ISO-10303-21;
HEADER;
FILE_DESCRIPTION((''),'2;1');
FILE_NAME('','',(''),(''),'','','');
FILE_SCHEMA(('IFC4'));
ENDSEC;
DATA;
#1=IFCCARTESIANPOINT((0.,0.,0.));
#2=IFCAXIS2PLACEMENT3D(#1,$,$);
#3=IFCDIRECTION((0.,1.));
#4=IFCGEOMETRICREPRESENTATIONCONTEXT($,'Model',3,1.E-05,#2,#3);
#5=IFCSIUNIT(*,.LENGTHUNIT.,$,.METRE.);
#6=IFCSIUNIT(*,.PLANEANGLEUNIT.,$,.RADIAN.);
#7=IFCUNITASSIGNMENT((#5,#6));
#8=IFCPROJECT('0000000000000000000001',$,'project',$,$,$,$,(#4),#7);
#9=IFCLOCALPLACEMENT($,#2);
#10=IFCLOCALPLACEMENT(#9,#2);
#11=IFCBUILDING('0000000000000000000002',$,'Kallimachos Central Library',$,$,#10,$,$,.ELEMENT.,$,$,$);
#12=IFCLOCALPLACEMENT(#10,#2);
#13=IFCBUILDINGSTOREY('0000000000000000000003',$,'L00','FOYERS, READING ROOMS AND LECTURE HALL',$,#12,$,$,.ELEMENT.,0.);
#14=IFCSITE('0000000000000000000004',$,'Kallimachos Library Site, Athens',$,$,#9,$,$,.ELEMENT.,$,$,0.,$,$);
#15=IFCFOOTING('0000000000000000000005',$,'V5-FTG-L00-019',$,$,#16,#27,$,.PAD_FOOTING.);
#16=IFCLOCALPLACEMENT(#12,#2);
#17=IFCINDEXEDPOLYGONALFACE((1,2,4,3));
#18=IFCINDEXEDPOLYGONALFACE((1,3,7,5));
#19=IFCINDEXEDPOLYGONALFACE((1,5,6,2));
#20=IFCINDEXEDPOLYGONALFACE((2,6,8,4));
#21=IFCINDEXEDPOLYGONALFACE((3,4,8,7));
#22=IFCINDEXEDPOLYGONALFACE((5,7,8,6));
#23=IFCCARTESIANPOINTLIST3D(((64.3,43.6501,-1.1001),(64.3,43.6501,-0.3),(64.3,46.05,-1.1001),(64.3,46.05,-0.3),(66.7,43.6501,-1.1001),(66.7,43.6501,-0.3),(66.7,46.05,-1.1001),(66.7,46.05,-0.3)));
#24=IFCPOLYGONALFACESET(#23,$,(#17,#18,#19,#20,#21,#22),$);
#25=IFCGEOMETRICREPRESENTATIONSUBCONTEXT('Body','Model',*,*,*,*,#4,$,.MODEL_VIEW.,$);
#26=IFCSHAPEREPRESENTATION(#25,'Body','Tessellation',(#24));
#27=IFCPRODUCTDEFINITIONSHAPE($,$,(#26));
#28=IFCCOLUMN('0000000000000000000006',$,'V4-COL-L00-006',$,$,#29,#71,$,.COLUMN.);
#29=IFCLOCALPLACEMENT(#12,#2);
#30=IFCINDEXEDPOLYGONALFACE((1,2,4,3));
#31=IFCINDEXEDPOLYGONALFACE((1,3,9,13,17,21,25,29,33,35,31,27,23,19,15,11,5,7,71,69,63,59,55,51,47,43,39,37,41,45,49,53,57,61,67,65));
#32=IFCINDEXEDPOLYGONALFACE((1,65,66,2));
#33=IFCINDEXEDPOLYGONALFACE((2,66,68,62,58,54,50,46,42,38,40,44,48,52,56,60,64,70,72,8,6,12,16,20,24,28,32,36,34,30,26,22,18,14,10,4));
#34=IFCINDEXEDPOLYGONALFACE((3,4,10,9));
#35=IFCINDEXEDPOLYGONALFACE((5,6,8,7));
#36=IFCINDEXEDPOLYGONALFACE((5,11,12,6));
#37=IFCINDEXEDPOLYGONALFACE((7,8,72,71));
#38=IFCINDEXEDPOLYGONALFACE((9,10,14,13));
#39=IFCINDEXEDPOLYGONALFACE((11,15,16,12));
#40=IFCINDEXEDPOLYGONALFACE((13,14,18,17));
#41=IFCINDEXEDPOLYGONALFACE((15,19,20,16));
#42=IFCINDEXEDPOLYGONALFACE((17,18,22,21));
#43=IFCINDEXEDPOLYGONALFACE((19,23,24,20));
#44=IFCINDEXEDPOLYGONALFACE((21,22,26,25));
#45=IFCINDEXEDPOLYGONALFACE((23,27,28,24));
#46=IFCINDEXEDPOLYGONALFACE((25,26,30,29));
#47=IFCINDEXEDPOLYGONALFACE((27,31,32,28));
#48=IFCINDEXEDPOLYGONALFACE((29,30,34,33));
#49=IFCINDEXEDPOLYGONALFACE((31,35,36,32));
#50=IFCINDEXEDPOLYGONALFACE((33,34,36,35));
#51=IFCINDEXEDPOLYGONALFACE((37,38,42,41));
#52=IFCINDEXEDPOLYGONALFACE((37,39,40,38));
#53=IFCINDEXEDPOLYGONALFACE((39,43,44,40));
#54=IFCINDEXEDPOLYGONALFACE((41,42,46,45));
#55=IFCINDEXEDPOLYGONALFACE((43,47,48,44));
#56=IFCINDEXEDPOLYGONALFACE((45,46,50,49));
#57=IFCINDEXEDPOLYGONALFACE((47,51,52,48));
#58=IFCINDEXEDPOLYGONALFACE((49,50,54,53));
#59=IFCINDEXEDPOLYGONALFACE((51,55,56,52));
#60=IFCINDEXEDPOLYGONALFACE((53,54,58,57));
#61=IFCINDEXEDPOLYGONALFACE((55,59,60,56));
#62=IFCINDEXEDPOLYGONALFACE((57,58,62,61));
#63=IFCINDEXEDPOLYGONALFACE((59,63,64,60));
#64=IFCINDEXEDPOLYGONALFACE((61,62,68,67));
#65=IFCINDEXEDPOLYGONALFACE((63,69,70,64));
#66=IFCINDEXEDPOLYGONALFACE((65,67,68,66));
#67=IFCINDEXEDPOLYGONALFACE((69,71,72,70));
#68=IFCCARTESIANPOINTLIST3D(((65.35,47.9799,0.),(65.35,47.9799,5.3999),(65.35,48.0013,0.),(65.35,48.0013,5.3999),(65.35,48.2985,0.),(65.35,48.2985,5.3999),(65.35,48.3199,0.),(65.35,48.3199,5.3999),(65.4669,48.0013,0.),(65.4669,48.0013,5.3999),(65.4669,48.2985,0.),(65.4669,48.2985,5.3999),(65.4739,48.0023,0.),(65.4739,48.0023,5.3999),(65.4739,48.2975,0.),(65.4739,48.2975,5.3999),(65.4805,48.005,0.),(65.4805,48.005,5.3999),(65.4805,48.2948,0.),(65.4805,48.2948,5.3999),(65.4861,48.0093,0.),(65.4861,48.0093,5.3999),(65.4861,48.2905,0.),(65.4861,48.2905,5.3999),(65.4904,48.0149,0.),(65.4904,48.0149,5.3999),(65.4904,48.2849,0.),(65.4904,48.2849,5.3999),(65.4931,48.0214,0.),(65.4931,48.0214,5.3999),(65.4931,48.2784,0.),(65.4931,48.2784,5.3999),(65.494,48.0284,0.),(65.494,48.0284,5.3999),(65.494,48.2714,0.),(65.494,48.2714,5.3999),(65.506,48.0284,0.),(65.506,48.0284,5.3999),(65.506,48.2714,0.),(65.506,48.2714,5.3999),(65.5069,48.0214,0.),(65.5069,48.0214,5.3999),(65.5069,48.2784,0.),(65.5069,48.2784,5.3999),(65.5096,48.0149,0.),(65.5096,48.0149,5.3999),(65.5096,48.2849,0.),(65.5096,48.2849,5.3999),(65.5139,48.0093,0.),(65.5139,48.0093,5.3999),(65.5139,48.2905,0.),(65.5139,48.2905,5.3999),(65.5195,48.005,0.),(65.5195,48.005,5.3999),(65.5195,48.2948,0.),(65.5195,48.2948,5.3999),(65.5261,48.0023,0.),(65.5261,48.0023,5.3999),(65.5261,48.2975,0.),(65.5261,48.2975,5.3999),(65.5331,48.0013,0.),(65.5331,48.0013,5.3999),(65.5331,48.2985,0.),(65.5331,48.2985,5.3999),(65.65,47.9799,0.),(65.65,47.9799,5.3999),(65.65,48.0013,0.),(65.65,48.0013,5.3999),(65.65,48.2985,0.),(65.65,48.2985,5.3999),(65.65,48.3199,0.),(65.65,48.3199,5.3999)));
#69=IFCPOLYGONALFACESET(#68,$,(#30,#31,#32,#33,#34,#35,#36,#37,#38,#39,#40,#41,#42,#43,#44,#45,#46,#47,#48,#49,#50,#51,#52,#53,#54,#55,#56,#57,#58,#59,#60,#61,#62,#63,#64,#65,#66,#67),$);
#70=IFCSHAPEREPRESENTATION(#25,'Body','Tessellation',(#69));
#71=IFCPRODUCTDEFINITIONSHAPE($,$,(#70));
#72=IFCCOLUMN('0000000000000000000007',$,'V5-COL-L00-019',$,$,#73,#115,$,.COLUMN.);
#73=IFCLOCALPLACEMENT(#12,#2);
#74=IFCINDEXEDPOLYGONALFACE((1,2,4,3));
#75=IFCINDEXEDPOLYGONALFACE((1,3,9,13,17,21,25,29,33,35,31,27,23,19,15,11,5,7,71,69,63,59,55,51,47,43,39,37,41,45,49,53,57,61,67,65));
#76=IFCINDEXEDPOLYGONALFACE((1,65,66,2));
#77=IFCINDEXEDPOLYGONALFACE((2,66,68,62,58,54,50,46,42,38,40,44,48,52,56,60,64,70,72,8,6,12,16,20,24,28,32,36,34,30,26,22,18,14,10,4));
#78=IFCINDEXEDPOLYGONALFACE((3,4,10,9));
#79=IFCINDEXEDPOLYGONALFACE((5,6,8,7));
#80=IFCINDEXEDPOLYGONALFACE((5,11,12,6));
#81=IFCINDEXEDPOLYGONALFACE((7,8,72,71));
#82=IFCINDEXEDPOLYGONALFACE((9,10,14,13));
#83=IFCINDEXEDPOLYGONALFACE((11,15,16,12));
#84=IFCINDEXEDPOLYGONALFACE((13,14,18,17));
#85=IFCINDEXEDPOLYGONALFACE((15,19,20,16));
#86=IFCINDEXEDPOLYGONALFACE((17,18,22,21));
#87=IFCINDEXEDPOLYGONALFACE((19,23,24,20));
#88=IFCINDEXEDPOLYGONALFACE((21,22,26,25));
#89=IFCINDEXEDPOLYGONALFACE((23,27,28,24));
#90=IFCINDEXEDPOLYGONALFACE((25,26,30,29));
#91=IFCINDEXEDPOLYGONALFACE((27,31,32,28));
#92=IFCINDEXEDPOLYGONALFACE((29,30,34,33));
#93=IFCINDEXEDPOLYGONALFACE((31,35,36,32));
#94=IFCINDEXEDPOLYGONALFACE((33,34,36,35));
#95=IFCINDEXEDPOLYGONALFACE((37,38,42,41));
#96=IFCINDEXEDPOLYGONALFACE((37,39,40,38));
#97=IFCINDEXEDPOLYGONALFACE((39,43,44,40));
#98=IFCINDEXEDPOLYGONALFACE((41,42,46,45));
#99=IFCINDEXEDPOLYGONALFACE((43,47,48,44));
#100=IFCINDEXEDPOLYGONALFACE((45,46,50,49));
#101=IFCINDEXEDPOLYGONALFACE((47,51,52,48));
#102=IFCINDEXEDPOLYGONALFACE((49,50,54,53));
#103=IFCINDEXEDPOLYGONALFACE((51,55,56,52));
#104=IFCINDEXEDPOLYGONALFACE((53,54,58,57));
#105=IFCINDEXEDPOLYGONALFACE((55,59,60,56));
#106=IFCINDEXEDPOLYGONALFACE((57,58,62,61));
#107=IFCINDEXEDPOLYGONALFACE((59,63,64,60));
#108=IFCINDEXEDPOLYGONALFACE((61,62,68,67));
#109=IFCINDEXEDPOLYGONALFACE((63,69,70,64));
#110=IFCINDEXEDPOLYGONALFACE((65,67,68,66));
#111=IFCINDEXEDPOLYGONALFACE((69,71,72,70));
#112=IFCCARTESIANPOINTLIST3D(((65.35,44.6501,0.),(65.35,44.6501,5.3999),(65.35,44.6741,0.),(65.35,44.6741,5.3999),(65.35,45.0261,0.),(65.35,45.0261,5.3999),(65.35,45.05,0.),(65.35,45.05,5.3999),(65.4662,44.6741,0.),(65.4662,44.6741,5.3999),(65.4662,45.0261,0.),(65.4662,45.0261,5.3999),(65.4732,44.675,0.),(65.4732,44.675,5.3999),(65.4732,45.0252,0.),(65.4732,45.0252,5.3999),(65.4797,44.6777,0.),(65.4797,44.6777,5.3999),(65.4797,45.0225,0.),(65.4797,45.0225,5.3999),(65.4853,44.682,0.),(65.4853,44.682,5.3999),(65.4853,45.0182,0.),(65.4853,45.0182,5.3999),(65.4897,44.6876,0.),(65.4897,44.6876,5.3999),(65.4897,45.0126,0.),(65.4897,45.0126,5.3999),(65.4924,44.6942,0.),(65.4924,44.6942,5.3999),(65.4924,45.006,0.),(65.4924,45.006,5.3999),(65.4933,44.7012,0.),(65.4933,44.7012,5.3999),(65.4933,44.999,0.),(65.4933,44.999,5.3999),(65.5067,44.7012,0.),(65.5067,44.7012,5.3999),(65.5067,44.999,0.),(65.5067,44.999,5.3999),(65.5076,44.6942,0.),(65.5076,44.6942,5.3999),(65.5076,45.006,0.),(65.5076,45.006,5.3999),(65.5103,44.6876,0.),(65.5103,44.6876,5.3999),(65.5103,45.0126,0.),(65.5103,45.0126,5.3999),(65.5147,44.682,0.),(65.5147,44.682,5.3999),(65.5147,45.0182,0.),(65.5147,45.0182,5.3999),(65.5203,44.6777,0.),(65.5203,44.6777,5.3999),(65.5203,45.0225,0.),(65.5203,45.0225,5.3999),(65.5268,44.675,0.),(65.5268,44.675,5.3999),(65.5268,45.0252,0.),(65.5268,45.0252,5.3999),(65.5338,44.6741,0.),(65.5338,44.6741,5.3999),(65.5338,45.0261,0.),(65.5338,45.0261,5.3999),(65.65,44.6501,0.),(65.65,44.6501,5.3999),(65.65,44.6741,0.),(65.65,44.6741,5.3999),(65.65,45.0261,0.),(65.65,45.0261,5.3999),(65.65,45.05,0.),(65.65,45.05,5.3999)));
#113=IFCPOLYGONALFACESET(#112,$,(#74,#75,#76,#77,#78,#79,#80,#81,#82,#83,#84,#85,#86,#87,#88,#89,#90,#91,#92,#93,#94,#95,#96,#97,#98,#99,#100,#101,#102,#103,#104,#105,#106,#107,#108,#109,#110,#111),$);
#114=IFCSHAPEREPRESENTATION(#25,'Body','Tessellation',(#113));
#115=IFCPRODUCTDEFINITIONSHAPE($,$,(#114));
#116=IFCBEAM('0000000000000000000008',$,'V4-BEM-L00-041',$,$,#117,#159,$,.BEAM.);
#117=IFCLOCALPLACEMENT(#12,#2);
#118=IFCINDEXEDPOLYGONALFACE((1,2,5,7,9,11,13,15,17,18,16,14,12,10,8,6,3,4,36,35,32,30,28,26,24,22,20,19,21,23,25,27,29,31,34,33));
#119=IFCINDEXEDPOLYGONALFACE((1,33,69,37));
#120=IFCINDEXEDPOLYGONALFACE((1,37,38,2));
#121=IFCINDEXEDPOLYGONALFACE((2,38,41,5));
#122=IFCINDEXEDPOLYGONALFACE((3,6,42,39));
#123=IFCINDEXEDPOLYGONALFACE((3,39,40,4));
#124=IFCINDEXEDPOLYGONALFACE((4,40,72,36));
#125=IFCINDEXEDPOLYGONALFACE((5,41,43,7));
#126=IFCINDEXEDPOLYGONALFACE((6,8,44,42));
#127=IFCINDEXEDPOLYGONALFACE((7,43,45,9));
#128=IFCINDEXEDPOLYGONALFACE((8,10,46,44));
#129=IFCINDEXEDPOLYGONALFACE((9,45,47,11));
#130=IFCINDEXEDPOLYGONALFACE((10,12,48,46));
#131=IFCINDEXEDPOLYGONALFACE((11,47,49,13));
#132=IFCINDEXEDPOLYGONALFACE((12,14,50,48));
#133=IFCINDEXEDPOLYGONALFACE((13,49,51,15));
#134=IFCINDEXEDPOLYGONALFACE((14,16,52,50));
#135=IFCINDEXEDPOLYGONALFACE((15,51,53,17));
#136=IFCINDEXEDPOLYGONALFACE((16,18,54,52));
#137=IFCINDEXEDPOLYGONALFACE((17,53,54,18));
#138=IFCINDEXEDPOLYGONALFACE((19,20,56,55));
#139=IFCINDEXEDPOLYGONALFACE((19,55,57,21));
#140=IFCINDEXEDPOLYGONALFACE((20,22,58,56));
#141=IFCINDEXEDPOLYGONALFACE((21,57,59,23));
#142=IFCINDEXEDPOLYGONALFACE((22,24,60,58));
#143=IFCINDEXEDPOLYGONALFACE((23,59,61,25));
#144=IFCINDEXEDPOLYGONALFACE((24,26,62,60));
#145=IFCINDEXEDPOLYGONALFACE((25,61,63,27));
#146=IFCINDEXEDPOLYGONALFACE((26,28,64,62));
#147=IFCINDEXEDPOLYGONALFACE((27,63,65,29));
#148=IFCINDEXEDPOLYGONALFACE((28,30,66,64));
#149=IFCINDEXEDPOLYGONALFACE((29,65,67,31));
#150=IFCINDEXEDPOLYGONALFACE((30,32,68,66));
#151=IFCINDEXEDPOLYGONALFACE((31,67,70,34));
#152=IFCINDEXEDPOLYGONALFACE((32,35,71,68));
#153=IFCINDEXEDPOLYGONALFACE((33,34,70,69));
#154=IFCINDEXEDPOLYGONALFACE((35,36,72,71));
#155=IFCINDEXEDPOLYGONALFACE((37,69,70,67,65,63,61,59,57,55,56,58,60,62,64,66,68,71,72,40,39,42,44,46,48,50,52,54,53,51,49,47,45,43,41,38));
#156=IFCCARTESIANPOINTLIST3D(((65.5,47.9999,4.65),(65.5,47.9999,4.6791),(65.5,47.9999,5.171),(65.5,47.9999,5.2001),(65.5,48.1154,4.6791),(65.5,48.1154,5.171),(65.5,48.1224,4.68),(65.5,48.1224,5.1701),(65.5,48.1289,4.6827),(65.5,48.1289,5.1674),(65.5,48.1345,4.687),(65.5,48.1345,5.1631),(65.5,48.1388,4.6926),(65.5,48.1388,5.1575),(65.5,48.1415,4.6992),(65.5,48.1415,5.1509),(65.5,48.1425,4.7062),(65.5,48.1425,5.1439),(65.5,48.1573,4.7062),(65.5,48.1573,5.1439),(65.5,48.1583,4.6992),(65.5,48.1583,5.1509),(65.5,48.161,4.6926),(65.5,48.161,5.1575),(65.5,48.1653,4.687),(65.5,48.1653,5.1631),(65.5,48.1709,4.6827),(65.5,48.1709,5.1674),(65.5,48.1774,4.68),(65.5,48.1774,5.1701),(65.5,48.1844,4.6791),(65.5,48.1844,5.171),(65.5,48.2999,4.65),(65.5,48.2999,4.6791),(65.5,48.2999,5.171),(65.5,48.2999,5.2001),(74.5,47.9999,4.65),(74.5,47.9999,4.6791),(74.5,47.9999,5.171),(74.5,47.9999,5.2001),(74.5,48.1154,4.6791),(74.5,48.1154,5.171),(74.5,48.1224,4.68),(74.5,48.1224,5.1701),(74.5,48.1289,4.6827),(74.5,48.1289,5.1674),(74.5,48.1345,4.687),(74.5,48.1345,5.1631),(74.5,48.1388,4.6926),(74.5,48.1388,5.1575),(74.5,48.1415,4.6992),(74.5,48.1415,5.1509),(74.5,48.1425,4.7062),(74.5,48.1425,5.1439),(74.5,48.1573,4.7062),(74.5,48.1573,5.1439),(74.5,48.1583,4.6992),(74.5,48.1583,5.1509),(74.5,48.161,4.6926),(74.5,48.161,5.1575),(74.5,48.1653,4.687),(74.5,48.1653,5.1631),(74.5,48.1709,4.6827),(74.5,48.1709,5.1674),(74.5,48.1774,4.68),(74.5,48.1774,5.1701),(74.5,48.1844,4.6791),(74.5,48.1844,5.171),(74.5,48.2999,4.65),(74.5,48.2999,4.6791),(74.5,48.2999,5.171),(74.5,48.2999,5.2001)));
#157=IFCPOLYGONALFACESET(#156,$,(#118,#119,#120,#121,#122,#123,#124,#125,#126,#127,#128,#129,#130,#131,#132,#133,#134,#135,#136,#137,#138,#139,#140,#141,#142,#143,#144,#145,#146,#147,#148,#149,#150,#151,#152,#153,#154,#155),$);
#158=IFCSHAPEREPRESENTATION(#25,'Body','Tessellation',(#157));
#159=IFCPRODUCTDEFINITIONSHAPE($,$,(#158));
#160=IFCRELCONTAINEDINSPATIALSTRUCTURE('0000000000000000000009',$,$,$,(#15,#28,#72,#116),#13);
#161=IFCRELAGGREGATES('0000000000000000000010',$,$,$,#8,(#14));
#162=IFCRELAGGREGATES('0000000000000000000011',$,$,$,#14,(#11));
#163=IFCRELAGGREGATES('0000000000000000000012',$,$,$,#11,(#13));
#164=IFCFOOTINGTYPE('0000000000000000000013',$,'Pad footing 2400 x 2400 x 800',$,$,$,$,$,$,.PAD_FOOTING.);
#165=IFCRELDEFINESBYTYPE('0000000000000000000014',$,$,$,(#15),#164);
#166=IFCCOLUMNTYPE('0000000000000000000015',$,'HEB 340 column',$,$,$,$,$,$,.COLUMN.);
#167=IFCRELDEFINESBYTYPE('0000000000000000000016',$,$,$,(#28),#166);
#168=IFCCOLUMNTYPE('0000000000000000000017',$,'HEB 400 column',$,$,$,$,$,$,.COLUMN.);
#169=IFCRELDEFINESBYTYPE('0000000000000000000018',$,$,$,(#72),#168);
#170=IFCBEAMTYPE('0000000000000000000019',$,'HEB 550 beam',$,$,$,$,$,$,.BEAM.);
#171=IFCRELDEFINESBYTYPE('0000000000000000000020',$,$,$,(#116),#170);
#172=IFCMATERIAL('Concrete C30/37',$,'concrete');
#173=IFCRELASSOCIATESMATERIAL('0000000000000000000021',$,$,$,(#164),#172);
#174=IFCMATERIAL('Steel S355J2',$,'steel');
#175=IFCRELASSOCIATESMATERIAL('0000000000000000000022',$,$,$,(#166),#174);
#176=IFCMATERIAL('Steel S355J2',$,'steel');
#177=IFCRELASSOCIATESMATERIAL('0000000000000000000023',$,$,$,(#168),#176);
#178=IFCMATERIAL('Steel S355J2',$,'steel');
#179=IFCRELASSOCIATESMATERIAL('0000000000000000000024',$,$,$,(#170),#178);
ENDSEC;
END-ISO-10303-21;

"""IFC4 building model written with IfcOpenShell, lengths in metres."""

from ifc_helpers import new_model, si_unit, direction, frame, origin, origin_2d, place, context, subcontext, project, spatial, rectangle, i_section, extrude, material, material_profile, profile_set, type_object, element, save


model = new_model("IFC4")

# Units and contexts
model_context = context("Model", 3, precision=1e-05, world=origin(), true_north=direction((0.0, 1.0)))
body_context = subcontext(model_context, "Body", "Model", "MODEL_VIEW")
ifc_project = project(units=[si_unit("LENGTHUNIT", "METRE"), si_unit("PLANEANGLEUNIT", "RADIAN")], contexts=[model_context])

# Site, building, storey
site_placement = place(None, origin())
site = spatial("IfcSite", under=ifc_project, at=site_placement, Name="Kallimachos Library Site, Athens", CompositionType="ELEMENT", RefElevation=0.0)
building_placement = place(site_placement, origin())
building = spatial("IfcBuilding", under=site, at=building_placement, Name="Kallimachos Central Library", CompositionType="ELEMENT")
storey_placement = place(building_placement, origin())
storey = spatial("IfcBuildingStorey", under=building, at=storey_placement, Name="L00", Description="FOYERS, READING ROOMS AND LECTURE HALL", CompositionType="ELEMENT", Elevation=0.0)

# Footing
ifc_material_1 = material(Name="Concrete C30/37", Category="concrete")
footing_type = type_object("IfcFootingType", Name="Pad footing 2400 x 2400 x 800", PredefinedType="PAD_FOOTING", material=ifc_material_1)
footing_placement = place(storey_placement, frame((65.5, 44.8501, -1.1001), z_axis=(0.0, 0.0, 1.0), x_axis=(1.0, 0.0, 0.0)))
element("IfcFooting", 1, at=footing_placement, inside=storey, type_object=footing_type, Name="V5-FTG-L00-019", PredefinedType="PAD_FOOTING", context=body_context, shape_type="SweptSolid", body=[
    extrude(rectangle(XDim=2.3999, YDim=2.3999, at=origin_2d()), origin(), (0.0, 0.0, 1.0), 0.8),
])

# Columns
ifc_material_2 = material(Name="Steel S355J2", Category="steel")
ifc_material_profile_1 = material_profile(ifc_material_2, i_section(OverallWidth=0.3, OverallDepth=0.3401, WebThickness=0.012, FlangeThickness=0.0215, FilletRadius=0.0271, at=origin_2d()), Name="HEB 340")
ifc_profile_set_1 = profile_set([ifc_material_profile_1], Name="Steel S355J2")
column_type_1 = type_object("IfcColumnType", Name="HEB 340 column", PredefinedType="COLUMN", material=ifc_profile_set_1)
column_1_placement = place(storey_placement, frame((65.5, 48.1499, 0.0), z_axis=(0.0, 0.0, 1.0), x_axis=(1.0, 0.0, 0.0)))
element("IfcColumn", 2, at=column_1_placement, inside=storey, type_object=column_type_1, Name="V4-COL-L00-006", PredefinedType="COLUMN", context=body_context, shape_type="SweptSolid", body=[
    extrude(i_section(OverallWidth=0.3, OverallDepth=0.3401, WebThickness=0.012, FlangeThickness=0.0215, FilletRadius=0.0271, at=origin_2d()), origin(), (0.0, 0.0, 1.0), 5.3999),
])
ifc_material_3 = material(Name="Steel S355J2", Category="steel")
ifc_material_profile_2 = material_profile(ifc_material_3, i_section(OverallWidth=0.3, OverallDepth=0.3999, WebThickness=0.0134, FlangeThickness=0.0239, FilletRadius=0.0271, at=origin_2d()), Name="HEB 400")
ifc_profile_set_2 = profile_set([ifc_material_profile_2], Name="Steel S355J2")
column_type_2 = type_object("IfcColumnType", Name="HEB 400 column", PredefinedType="COLUMN", material=ifc_profile_set_2)
column_2_placement = place(storey_placement, frame((65.5, 44.8501, 0.0), z_axis=(0.0, 0.0, 1.0), x_axis=(1.0, 0.0, 0.0)))
element("IfcColumn", 3, at=column_2_placement, inside=storey, type_object=column_type_2, Name="V5-COL-L00-019", PredefinedType="COLUMN", context=body_context, shape_type="SweptSolid", body=[
    extrude(i_section(OverallWidth=0.3, OverallDepth=0.3999, WebThickness=0.0134, FlangeThickness=0.0239, FilletRadius=0.0271, at=origin_2d()), origin(), (0.0, 0.0, 1.0), 5.3999),
])

# Beam
ifc_material_4 = material(Name="Steel S355J2", Category="steel")
ifc_material_profile_3 = material_profile(ifc_material_4, i_section(OverallWidth=0.3, OverallDepth=0.55, WebThickness=0.0149, FlangeThickness=0.0291, FilletRadius=0.0271, at=origin_2d()), Name="HEB 550")
ifc_profile_set_3 = profile_set([ifc_material_profile_3], Name="Steel S355J2")
beam_type = type_object("IfcBeamType", Name="HEB 550 beam", PredefinedType="BEAM", material=ifc_profile_set_3)
beam_1_placement = place(storey_placement, frame((65.5, 48.1499, 4.925), z_axis=(1.0, 0.0, 0.0), x_axis=(0.0, 1.0, 0.0)))
element("IfcBeam", 4, at=beam_1_placement, inside=storey, type_object=beam_type, Name="V4-BEM-L00-041", PredefinedType="BEAM", context=body_context, shape_type="SweptSolid", body=[
    extrude(i_section(OverallWidth=0.3, OverallDepth=0.55, WebThickness=0.0149, FlangeThickness=0.0291, FilletRadius=0.0271, at=origin_2d()), origin(), (0.0, 0.0, 1.0), 9.0),
])

save(model, "model.ifc")
